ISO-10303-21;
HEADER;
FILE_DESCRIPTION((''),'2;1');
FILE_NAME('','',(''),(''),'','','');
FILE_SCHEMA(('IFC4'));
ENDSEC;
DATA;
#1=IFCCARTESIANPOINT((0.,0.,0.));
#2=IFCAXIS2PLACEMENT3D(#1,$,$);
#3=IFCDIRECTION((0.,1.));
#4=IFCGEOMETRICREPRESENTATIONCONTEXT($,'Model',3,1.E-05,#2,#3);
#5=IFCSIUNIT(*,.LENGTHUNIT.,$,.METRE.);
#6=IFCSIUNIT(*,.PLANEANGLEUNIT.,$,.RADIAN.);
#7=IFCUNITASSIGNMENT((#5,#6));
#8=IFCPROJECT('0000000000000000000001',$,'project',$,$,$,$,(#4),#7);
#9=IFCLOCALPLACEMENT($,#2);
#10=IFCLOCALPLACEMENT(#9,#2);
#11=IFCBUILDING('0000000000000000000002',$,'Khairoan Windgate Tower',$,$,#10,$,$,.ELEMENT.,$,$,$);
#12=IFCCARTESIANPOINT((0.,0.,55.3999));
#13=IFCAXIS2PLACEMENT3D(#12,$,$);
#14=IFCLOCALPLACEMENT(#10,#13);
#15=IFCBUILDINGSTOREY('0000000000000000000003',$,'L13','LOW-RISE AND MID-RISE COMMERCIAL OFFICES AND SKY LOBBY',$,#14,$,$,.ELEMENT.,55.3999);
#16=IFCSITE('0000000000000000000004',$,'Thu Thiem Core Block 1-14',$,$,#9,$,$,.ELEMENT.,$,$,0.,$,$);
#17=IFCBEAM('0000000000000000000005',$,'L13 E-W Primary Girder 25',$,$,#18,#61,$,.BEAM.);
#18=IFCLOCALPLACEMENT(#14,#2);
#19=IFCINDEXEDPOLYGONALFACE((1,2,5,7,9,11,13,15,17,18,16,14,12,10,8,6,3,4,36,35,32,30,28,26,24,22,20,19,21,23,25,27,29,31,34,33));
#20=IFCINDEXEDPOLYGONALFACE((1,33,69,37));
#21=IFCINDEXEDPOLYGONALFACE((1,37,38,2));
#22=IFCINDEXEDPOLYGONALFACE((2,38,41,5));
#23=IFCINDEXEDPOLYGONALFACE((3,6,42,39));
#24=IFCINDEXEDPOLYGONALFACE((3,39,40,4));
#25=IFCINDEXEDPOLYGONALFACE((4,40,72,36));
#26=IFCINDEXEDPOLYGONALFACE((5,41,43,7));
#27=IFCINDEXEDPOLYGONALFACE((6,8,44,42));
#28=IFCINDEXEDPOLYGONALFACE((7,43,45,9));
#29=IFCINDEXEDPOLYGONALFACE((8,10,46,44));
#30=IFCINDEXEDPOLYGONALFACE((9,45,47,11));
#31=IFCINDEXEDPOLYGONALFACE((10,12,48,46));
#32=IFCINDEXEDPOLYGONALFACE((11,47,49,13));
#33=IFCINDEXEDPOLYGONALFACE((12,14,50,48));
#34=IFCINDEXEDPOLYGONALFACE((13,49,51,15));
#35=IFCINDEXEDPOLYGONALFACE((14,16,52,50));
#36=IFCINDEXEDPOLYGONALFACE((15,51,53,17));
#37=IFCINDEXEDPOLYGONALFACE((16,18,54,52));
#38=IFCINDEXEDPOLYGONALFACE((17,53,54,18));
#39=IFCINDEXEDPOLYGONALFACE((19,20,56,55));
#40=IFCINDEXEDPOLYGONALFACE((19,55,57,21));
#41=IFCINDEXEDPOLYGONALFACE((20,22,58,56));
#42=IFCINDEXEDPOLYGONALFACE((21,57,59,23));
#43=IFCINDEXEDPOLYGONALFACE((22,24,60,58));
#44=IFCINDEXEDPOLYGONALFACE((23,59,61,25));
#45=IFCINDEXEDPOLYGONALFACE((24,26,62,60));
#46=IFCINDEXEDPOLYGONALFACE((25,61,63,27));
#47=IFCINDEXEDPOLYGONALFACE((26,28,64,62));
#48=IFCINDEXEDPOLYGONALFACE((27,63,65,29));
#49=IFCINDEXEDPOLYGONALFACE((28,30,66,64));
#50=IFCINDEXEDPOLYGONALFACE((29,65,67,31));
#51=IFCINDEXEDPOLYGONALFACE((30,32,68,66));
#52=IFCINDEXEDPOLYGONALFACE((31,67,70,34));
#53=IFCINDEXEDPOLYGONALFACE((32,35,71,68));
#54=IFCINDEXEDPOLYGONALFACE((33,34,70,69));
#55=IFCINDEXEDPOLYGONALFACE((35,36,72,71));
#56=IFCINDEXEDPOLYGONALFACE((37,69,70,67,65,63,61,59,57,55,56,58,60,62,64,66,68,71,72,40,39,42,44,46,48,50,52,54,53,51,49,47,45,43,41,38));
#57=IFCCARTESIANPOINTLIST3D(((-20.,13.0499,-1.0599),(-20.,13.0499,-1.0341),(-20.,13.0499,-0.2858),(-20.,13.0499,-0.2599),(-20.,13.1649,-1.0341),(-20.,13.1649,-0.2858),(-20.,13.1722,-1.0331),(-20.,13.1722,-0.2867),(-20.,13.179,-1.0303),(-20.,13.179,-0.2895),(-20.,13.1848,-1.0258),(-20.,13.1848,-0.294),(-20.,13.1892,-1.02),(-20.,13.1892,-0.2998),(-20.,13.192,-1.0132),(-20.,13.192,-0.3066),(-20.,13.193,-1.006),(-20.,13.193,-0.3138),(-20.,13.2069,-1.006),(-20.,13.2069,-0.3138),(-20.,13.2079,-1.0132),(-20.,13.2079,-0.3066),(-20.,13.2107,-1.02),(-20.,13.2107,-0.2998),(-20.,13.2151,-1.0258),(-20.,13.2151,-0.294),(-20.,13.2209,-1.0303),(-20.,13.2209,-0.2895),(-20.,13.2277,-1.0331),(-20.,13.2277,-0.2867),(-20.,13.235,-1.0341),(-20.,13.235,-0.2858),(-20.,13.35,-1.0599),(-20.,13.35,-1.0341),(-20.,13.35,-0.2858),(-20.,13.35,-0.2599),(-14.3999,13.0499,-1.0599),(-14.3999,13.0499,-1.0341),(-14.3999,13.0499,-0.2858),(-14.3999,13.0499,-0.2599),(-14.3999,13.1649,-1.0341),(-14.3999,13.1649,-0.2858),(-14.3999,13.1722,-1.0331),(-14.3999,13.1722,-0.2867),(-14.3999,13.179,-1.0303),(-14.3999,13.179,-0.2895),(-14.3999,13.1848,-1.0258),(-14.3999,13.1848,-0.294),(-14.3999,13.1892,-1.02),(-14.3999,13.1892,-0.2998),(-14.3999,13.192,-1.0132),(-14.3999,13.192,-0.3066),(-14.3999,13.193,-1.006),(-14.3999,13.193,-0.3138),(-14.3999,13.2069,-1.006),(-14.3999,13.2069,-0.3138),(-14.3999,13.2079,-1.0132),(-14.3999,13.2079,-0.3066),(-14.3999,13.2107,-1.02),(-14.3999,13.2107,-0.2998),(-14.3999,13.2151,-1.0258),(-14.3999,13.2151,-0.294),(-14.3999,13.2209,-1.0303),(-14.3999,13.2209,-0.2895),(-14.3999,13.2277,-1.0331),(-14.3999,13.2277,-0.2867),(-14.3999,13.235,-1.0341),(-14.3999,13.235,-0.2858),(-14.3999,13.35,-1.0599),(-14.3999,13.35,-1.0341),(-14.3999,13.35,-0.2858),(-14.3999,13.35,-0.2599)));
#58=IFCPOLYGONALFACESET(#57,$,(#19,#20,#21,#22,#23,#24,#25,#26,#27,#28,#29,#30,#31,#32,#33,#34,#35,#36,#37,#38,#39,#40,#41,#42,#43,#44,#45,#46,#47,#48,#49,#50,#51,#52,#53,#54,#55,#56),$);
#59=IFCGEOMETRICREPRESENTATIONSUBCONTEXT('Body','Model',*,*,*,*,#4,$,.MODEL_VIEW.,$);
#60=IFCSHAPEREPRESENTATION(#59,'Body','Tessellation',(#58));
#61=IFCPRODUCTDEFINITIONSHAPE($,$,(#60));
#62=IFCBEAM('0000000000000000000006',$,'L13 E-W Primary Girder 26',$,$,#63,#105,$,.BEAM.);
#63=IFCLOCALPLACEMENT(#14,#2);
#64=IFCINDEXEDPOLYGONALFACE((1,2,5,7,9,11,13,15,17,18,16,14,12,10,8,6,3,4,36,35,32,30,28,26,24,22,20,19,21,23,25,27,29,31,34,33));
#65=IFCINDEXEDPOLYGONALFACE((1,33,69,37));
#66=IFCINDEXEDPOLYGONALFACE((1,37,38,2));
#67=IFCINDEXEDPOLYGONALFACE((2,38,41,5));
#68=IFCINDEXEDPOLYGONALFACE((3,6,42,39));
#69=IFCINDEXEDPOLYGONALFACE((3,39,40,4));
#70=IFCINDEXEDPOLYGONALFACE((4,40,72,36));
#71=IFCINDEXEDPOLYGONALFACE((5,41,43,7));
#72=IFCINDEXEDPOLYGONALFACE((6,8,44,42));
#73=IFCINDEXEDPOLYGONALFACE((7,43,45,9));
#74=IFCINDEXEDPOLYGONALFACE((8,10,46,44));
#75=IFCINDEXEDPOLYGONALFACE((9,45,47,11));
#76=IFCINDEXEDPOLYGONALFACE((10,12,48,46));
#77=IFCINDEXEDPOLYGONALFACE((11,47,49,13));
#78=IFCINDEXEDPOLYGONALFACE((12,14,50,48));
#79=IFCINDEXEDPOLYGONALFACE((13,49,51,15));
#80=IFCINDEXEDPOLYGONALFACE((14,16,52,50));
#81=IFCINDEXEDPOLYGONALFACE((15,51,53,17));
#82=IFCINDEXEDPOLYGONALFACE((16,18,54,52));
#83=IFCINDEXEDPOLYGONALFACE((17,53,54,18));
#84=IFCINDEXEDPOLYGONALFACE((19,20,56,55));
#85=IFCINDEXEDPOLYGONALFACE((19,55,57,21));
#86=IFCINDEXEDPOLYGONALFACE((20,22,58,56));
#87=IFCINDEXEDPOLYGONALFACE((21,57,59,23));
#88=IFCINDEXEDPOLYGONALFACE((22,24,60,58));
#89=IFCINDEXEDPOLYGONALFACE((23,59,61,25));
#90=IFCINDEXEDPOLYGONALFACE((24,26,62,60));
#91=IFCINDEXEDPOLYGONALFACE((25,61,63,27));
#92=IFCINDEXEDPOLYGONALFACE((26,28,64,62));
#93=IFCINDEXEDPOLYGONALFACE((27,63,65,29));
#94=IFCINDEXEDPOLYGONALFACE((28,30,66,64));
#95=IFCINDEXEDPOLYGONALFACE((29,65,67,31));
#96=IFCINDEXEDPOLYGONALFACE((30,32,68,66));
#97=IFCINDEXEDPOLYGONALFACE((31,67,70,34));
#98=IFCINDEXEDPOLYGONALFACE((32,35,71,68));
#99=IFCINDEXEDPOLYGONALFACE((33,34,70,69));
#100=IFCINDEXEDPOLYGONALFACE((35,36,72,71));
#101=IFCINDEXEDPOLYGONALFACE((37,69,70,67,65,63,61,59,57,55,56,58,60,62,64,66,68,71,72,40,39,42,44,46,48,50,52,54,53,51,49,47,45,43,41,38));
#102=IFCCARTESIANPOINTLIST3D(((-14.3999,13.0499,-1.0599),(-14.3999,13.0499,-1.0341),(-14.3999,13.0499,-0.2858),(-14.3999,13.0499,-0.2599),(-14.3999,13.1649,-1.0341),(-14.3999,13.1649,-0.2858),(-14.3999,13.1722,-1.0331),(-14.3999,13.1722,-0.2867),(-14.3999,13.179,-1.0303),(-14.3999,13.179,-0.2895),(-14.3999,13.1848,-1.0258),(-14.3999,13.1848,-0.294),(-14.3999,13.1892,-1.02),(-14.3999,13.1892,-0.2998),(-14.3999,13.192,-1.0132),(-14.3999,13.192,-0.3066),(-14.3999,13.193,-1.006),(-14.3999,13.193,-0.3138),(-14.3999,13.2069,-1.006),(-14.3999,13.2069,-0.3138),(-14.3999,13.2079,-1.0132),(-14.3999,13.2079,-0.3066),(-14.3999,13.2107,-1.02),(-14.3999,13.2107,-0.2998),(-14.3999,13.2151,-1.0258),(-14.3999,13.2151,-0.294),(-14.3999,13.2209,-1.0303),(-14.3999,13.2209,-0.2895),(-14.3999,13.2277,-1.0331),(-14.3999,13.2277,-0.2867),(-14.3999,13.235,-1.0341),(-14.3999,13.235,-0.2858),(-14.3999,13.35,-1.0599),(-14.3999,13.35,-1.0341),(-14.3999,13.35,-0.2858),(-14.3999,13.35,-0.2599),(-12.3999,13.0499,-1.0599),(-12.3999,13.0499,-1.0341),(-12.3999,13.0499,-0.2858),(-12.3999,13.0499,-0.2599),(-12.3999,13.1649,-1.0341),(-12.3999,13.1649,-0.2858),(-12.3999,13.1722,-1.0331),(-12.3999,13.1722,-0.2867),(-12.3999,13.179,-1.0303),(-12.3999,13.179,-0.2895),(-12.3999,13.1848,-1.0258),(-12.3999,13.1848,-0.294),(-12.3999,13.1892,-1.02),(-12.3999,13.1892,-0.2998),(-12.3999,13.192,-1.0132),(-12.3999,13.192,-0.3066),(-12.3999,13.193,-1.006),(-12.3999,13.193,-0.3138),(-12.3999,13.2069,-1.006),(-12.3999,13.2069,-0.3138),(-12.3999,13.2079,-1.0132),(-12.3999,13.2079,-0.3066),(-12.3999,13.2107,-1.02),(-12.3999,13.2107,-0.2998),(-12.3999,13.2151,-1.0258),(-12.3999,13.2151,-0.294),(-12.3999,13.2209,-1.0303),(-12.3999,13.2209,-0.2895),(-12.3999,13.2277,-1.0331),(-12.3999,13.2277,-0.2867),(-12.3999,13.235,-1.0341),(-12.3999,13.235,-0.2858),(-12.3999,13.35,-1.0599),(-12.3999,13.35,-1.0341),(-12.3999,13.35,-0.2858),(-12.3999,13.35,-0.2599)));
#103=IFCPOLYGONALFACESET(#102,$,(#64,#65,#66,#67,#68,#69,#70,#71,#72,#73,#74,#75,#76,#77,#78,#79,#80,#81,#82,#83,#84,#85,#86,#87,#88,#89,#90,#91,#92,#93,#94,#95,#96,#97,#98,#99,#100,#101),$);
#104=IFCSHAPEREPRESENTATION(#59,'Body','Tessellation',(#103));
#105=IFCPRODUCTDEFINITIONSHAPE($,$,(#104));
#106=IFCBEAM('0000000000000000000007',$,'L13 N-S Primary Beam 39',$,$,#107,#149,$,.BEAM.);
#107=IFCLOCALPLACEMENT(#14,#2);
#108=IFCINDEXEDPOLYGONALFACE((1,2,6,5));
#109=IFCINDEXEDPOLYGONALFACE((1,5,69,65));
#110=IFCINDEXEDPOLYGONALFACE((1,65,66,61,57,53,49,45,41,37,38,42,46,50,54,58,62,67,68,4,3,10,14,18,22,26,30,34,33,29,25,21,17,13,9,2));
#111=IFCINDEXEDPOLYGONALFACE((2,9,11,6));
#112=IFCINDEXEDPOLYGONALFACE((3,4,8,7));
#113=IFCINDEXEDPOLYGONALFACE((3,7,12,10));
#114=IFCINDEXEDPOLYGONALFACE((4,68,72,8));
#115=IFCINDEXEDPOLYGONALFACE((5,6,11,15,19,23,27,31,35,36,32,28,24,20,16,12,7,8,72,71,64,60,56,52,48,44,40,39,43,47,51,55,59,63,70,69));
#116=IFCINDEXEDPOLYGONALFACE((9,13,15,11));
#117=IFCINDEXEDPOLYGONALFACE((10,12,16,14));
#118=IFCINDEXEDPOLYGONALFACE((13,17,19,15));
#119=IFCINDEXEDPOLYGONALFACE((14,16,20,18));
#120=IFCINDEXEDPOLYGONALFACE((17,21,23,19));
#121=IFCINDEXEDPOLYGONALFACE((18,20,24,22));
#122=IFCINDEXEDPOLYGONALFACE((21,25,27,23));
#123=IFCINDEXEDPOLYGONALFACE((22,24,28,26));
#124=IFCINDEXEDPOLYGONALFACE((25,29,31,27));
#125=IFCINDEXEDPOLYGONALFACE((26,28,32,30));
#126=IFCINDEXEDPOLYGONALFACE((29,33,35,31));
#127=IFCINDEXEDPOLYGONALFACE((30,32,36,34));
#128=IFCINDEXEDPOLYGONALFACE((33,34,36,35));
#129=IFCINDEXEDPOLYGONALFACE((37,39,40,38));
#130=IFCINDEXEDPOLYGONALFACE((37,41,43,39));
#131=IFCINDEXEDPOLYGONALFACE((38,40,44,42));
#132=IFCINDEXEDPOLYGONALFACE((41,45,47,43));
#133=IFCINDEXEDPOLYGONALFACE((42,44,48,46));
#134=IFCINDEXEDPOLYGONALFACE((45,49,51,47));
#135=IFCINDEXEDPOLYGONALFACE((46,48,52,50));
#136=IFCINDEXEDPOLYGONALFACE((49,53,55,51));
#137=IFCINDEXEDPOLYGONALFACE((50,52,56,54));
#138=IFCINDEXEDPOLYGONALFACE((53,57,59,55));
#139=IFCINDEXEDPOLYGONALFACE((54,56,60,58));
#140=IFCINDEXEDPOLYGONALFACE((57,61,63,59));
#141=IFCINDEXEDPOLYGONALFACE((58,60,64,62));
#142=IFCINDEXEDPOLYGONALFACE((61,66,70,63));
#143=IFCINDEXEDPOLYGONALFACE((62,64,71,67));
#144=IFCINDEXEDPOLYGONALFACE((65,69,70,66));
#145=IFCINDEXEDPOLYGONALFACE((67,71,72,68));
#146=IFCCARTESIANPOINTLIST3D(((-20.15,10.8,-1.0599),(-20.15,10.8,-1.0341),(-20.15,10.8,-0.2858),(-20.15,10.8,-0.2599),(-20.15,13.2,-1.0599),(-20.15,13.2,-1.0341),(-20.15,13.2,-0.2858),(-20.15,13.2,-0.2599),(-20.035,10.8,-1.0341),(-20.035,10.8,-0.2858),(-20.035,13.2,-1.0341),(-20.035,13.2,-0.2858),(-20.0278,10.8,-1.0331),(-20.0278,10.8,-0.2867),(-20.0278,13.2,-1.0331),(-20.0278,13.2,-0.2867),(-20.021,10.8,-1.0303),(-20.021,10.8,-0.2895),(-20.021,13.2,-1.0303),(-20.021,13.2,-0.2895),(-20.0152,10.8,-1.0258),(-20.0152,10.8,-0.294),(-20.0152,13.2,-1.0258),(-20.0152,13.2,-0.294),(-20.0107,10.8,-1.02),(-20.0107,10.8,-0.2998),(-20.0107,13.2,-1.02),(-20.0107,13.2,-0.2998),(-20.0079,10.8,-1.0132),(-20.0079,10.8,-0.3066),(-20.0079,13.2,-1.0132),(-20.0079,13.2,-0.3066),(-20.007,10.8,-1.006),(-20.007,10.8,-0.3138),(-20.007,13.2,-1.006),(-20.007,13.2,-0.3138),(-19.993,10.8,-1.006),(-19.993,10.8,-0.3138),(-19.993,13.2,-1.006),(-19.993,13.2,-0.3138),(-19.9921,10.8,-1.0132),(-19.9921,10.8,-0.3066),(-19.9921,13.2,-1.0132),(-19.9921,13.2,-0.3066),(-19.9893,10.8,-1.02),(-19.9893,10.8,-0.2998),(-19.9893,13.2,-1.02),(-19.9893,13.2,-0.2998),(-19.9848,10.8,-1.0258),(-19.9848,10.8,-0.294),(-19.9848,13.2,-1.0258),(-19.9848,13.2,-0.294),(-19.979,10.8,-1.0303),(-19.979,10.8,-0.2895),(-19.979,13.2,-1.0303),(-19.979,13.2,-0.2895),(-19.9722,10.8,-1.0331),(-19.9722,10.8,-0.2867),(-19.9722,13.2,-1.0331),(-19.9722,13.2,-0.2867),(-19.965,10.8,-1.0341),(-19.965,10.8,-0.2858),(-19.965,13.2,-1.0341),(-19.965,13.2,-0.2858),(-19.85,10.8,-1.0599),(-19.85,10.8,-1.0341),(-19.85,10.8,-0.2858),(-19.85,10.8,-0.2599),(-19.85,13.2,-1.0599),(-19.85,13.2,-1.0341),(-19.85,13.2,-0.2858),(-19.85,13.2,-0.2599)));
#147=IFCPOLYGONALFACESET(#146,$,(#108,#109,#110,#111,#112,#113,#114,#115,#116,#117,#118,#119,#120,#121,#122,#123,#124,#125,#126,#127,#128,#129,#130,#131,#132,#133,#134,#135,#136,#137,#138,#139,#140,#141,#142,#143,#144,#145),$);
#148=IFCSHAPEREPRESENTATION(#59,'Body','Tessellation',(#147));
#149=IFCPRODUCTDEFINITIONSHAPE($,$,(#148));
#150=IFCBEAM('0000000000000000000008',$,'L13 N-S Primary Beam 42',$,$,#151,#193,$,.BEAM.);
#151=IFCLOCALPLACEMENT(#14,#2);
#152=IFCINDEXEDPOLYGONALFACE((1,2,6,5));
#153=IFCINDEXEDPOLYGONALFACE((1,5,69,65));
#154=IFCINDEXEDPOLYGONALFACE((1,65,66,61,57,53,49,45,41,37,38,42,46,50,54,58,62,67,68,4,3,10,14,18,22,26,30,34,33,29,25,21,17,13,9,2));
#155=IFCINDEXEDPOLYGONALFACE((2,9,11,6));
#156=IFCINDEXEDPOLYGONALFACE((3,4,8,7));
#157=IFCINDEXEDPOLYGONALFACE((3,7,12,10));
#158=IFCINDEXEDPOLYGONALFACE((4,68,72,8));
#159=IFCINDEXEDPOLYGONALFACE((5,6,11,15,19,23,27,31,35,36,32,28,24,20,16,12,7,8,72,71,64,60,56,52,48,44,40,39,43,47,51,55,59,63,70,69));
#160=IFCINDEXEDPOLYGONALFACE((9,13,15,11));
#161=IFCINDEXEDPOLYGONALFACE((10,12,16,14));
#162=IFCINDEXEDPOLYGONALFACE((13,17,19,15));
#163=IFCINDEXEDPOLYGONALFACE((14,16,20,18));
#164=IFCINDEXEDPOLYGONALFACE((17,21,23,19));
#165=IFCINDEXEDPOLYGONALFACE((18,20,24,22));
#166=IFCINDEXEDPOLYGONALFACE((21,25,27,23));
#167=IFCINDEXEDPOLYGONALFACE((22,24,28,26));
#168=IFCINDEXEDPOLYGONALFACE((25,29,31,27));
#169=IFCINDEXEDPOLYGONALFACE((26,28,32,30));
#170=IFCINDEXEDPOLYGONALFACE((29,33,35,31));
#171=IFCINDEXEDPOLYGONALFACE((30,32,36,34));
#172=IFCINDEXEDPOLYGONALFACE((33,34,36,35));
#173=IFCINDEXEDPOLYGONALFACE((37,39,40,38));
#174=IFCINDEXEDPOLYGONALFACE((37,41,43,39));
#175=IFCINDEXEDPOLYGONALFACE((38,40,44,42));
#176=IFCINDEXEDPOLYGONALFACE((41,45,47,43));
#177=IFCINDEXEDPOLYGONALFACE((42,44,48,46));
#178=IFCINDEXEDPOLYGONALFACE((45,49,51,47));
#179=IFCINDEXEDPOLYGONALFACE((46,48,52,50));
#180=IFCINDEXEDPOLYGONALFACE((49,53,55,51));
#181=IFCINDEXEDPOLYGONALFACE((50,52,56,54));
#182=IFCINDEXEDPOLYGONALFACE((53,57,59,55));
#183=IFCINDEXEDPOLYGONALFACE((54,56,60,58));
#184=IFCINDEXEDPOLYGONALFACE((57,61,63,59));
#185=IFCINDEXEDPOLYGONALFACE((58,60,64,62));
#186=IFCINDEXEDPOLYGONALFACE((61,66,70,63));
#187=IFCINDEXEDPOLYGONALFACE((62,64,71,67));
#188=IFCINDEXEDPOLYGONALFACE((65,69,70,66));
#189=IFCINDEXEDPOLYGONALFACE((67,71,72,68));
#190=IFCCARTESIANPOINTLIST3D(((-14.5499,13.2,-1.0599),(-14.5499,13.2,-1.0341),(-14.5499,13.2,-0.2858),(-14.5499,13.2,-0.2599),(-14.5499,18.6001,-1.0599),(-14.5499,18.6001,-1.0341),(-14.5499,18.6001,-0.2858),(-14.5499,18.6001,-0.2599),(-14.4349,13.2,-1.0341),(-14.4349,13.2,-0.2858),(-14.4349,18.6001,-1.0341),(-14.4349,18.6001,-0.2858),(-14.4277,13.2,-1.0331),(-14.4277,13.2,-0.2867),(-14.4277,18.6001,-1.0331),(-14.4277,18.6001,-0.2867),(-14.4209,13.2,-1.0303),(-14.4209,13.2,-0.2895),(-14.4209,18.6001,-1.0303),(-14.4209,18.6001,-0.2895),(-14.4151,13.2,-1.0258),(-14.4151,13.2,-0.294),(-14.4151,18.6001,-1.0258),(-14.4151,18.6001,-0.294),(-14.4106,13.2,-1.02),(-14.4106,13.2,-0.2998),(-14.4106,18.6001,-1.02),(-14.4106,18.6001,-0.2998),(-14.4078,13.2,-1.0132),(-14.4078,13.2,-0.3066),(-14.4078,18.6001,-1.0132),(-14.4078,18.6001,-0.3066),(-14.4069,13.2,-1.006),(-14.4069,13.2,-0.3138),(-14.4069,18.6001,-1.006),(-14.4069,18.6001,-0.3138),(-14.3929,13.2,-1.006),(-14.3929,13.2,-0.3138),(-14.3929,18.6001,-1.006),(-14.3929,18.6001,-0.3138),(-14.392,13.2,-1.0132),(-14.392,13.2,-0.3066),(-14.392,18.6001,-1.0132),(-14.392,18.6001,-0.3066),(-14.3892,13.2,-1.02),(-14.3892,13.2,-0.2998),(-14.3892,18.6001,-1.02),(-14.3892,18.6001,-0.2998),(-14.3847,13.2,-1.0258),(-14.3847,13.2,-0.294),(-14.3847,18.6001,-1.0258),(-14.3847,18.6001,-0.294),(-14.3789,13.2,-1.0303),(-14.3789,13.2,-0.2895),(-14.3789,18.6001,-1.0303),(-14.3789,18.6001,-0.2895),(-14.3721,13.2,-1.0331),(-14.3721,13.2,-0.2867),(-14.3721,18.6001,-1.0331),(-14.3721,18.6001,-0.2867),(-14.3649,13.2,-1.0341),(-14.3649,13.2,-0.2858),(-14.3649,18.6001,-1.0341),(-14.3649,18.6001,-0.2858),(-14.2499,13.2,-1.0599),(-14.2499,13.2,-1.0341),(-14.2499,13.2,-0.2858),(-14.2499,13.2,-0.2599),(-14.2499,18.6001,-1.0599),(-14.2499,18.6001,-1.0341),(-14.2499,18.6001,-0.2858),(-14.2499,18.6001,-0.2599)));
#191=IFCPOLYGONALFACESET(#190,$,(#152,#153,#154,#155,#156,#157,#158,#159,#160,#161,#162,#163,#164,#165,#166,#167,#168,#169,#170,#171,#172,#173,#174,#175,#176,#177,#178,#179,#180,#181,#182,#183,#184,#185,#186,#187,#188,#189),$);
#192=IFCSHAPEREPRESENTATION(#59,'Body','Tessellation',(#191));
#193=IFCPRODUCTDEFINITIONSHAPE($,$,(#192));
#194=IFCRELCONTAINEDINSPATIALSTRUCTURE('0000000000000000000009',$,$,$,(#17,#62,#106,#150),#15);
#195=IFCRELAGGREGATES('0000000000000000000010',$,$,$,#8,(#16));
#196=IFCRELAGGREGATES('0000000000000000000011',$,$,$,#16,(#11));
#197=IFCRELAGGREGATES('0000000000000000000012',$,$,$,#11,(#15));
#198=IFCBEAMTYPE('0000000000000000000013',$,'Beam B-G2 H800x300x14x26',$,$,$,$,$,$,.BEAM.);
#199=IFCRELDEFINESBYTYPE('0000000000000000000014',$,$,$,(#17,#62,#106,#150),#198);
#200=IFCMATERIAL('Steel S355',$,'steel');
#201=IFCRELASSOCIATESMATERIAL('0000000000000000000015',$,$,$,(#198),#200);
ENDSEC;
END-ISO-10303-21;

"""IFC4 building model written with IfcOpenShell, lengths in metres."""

from ifc_helpers import new_model, si_unit, direction, frame, origin, origin_2d, place, context, subcontext, project, spatial, i_section, extrude, material, material_profile, profile_set, type_object, element, save


model = new_model("IFC4")

# Units and contexts
model_context = context("Model", 3, precision=1e-05, world=origin(), true_north=direction((0.0, 1.0)))
body_context = subcontext(model_context, "Body", "Model", "MODEL_VIEW")
ifc_project = project(units=[si_unit("LENGTHUNIT", "METRE"), si_unit("PLANEANGLEUNIT", "RADIAN")], contexts=[model_context])

# Site, building, storey
site_placement = place(None, origin())
site = spatial("IfcSite", under=ifc_project, at=site_placement, Name="Thu Thiem Core Block 1-14", CompositionType="ELEMENT", RefElevation=0.0)
building_placement = place(site_placement, origin())
building = spatial("IfcBuilding", under=site, at=building_placement, Name="Khairoan Windgate Tower", CompositionType="ELEMENT")
storey_placement = place(building_placement, frame((0.0, 0.0, 55.3999)))
storey = spatial("IfcBuildingStorey", under=building, at=storey_placement, Name="L13", Description="LOW-RISE AND MID-RISE COMMERCIAL OFFICES AND SKY LOBBY", CompositionType="ELEMENT", Elevation=55.3999)

# Beams
ifc_material_1 = material(Name="Steel S355", Category="steel")
ifc_material_profile_1 = material_profile(ifc_material_1, i_section(OverallWidth=0.3, OverallDepth=0.8, WebThickness=0.0139, FlangeThickness=0.0259, FilletRadius=0.0281, at=origin_2d()))
ifc_profile_set_1 = profile_set([ifc_material_profile_1], Name="Steel S355")
beam_type_1 = type_object("IfcBeamType", Name="Beam B-G2 H800x300x14x26", PredefinedType="BEAM", material=ifc_profile_set_1)
beam_1_placement = place(storey_placement, frame((-20.0, 13.2, -0.6599), z_axis=(1.0, 0.0, 0.0), x_axis=(0.0, 1.0, 0.0)))
element("IfcBeam", 1, at=beam_1_placement, inside=storey, type_object=beam_type_1, Name="L13 E-W Primary Girder 25", PredefinedType="BEAM", context=body_context, shape_type="SweptSolid", body=[
    extrude(i_section(OverallWidth=0.3, OverallDepth=0.8, WebThickness=0.0139, FlangeThickness=0.0259, FilletRadius=0.0281, at=origin_2d()), origin(), (0.0, 0.0, 1.0), 5.6001),
])
beam_2_placement = place(storey_placement, frame((-14.3999, 13.2, -0.6599), z_axis=(1.0, 0.0, 0.0), x_axis=(0.0, 1.0, 0.0)))
element("IfcBeam", 2, at=beam_2_placement, inside=storey, type_object=beam_type_1, Name="L13 E-W Primary Girder 26", PredefinedType="BEAM", context=body_context, shape_type="SweptSolid", body=[
    extrude(i_section(OverallWidth=0.3, OverallDepth=0.8, WebThickness=0.0139, FlangeThickness=0.0259, FilletRadius=0.0281, at=origin_2d()), origin(), (0.0, 0.0, 1.0), 2.0),
])
beam_3_placement = place(storey_placement, frame((-20.0, 10.8, -0.6599), z_axis=(0.0, 1.0, 0.0), x_axis=(-1.0, 0.0, 0.0)))
element("IfcBeam", 3, at=beam_3_placement, inside=storey, type_object=beam_type_1, Name="L13 N-S Primary Beam 39", PredefinedType="BEAM", context=body_context, shape_type="SweptSolid", body=[
    extrude(i_section(OverallWidth=0.3, OverallDepth=0.8, WebThickness=0.0139, FlangeThickness=0.0259, FilletRadius=0.0281, at=origin_2d()), origin(), (0.0, 0.0, 1.0), 2.3999),
])
beam_4_placement = place(storey_placement, frame((-14.3999, 13.2, -0.6599), z_axis=(0.0, 1.0, 0.0), x_axis=(-1.0, 0.0, 0.0)))
element("IfcBeam", 4, at=beam_4_placement, inside=storey, type_object=beam_type_1, Name="L13 N-S Primary Beam 42", PredefinedType="BEAM", context=body_context, shape_type="SweptSolid", body=[
    extrude(i_section(OverallWidth=0.3, OverallDepth=0.8, WebThickness=0.0139, FlangeThickness=0.0259, FilletRadius=0.0281, at=origin_2d()), origin(), (0.0, 0.0, 1.0), 5.4001),
])

save(model, "model.ifc")
